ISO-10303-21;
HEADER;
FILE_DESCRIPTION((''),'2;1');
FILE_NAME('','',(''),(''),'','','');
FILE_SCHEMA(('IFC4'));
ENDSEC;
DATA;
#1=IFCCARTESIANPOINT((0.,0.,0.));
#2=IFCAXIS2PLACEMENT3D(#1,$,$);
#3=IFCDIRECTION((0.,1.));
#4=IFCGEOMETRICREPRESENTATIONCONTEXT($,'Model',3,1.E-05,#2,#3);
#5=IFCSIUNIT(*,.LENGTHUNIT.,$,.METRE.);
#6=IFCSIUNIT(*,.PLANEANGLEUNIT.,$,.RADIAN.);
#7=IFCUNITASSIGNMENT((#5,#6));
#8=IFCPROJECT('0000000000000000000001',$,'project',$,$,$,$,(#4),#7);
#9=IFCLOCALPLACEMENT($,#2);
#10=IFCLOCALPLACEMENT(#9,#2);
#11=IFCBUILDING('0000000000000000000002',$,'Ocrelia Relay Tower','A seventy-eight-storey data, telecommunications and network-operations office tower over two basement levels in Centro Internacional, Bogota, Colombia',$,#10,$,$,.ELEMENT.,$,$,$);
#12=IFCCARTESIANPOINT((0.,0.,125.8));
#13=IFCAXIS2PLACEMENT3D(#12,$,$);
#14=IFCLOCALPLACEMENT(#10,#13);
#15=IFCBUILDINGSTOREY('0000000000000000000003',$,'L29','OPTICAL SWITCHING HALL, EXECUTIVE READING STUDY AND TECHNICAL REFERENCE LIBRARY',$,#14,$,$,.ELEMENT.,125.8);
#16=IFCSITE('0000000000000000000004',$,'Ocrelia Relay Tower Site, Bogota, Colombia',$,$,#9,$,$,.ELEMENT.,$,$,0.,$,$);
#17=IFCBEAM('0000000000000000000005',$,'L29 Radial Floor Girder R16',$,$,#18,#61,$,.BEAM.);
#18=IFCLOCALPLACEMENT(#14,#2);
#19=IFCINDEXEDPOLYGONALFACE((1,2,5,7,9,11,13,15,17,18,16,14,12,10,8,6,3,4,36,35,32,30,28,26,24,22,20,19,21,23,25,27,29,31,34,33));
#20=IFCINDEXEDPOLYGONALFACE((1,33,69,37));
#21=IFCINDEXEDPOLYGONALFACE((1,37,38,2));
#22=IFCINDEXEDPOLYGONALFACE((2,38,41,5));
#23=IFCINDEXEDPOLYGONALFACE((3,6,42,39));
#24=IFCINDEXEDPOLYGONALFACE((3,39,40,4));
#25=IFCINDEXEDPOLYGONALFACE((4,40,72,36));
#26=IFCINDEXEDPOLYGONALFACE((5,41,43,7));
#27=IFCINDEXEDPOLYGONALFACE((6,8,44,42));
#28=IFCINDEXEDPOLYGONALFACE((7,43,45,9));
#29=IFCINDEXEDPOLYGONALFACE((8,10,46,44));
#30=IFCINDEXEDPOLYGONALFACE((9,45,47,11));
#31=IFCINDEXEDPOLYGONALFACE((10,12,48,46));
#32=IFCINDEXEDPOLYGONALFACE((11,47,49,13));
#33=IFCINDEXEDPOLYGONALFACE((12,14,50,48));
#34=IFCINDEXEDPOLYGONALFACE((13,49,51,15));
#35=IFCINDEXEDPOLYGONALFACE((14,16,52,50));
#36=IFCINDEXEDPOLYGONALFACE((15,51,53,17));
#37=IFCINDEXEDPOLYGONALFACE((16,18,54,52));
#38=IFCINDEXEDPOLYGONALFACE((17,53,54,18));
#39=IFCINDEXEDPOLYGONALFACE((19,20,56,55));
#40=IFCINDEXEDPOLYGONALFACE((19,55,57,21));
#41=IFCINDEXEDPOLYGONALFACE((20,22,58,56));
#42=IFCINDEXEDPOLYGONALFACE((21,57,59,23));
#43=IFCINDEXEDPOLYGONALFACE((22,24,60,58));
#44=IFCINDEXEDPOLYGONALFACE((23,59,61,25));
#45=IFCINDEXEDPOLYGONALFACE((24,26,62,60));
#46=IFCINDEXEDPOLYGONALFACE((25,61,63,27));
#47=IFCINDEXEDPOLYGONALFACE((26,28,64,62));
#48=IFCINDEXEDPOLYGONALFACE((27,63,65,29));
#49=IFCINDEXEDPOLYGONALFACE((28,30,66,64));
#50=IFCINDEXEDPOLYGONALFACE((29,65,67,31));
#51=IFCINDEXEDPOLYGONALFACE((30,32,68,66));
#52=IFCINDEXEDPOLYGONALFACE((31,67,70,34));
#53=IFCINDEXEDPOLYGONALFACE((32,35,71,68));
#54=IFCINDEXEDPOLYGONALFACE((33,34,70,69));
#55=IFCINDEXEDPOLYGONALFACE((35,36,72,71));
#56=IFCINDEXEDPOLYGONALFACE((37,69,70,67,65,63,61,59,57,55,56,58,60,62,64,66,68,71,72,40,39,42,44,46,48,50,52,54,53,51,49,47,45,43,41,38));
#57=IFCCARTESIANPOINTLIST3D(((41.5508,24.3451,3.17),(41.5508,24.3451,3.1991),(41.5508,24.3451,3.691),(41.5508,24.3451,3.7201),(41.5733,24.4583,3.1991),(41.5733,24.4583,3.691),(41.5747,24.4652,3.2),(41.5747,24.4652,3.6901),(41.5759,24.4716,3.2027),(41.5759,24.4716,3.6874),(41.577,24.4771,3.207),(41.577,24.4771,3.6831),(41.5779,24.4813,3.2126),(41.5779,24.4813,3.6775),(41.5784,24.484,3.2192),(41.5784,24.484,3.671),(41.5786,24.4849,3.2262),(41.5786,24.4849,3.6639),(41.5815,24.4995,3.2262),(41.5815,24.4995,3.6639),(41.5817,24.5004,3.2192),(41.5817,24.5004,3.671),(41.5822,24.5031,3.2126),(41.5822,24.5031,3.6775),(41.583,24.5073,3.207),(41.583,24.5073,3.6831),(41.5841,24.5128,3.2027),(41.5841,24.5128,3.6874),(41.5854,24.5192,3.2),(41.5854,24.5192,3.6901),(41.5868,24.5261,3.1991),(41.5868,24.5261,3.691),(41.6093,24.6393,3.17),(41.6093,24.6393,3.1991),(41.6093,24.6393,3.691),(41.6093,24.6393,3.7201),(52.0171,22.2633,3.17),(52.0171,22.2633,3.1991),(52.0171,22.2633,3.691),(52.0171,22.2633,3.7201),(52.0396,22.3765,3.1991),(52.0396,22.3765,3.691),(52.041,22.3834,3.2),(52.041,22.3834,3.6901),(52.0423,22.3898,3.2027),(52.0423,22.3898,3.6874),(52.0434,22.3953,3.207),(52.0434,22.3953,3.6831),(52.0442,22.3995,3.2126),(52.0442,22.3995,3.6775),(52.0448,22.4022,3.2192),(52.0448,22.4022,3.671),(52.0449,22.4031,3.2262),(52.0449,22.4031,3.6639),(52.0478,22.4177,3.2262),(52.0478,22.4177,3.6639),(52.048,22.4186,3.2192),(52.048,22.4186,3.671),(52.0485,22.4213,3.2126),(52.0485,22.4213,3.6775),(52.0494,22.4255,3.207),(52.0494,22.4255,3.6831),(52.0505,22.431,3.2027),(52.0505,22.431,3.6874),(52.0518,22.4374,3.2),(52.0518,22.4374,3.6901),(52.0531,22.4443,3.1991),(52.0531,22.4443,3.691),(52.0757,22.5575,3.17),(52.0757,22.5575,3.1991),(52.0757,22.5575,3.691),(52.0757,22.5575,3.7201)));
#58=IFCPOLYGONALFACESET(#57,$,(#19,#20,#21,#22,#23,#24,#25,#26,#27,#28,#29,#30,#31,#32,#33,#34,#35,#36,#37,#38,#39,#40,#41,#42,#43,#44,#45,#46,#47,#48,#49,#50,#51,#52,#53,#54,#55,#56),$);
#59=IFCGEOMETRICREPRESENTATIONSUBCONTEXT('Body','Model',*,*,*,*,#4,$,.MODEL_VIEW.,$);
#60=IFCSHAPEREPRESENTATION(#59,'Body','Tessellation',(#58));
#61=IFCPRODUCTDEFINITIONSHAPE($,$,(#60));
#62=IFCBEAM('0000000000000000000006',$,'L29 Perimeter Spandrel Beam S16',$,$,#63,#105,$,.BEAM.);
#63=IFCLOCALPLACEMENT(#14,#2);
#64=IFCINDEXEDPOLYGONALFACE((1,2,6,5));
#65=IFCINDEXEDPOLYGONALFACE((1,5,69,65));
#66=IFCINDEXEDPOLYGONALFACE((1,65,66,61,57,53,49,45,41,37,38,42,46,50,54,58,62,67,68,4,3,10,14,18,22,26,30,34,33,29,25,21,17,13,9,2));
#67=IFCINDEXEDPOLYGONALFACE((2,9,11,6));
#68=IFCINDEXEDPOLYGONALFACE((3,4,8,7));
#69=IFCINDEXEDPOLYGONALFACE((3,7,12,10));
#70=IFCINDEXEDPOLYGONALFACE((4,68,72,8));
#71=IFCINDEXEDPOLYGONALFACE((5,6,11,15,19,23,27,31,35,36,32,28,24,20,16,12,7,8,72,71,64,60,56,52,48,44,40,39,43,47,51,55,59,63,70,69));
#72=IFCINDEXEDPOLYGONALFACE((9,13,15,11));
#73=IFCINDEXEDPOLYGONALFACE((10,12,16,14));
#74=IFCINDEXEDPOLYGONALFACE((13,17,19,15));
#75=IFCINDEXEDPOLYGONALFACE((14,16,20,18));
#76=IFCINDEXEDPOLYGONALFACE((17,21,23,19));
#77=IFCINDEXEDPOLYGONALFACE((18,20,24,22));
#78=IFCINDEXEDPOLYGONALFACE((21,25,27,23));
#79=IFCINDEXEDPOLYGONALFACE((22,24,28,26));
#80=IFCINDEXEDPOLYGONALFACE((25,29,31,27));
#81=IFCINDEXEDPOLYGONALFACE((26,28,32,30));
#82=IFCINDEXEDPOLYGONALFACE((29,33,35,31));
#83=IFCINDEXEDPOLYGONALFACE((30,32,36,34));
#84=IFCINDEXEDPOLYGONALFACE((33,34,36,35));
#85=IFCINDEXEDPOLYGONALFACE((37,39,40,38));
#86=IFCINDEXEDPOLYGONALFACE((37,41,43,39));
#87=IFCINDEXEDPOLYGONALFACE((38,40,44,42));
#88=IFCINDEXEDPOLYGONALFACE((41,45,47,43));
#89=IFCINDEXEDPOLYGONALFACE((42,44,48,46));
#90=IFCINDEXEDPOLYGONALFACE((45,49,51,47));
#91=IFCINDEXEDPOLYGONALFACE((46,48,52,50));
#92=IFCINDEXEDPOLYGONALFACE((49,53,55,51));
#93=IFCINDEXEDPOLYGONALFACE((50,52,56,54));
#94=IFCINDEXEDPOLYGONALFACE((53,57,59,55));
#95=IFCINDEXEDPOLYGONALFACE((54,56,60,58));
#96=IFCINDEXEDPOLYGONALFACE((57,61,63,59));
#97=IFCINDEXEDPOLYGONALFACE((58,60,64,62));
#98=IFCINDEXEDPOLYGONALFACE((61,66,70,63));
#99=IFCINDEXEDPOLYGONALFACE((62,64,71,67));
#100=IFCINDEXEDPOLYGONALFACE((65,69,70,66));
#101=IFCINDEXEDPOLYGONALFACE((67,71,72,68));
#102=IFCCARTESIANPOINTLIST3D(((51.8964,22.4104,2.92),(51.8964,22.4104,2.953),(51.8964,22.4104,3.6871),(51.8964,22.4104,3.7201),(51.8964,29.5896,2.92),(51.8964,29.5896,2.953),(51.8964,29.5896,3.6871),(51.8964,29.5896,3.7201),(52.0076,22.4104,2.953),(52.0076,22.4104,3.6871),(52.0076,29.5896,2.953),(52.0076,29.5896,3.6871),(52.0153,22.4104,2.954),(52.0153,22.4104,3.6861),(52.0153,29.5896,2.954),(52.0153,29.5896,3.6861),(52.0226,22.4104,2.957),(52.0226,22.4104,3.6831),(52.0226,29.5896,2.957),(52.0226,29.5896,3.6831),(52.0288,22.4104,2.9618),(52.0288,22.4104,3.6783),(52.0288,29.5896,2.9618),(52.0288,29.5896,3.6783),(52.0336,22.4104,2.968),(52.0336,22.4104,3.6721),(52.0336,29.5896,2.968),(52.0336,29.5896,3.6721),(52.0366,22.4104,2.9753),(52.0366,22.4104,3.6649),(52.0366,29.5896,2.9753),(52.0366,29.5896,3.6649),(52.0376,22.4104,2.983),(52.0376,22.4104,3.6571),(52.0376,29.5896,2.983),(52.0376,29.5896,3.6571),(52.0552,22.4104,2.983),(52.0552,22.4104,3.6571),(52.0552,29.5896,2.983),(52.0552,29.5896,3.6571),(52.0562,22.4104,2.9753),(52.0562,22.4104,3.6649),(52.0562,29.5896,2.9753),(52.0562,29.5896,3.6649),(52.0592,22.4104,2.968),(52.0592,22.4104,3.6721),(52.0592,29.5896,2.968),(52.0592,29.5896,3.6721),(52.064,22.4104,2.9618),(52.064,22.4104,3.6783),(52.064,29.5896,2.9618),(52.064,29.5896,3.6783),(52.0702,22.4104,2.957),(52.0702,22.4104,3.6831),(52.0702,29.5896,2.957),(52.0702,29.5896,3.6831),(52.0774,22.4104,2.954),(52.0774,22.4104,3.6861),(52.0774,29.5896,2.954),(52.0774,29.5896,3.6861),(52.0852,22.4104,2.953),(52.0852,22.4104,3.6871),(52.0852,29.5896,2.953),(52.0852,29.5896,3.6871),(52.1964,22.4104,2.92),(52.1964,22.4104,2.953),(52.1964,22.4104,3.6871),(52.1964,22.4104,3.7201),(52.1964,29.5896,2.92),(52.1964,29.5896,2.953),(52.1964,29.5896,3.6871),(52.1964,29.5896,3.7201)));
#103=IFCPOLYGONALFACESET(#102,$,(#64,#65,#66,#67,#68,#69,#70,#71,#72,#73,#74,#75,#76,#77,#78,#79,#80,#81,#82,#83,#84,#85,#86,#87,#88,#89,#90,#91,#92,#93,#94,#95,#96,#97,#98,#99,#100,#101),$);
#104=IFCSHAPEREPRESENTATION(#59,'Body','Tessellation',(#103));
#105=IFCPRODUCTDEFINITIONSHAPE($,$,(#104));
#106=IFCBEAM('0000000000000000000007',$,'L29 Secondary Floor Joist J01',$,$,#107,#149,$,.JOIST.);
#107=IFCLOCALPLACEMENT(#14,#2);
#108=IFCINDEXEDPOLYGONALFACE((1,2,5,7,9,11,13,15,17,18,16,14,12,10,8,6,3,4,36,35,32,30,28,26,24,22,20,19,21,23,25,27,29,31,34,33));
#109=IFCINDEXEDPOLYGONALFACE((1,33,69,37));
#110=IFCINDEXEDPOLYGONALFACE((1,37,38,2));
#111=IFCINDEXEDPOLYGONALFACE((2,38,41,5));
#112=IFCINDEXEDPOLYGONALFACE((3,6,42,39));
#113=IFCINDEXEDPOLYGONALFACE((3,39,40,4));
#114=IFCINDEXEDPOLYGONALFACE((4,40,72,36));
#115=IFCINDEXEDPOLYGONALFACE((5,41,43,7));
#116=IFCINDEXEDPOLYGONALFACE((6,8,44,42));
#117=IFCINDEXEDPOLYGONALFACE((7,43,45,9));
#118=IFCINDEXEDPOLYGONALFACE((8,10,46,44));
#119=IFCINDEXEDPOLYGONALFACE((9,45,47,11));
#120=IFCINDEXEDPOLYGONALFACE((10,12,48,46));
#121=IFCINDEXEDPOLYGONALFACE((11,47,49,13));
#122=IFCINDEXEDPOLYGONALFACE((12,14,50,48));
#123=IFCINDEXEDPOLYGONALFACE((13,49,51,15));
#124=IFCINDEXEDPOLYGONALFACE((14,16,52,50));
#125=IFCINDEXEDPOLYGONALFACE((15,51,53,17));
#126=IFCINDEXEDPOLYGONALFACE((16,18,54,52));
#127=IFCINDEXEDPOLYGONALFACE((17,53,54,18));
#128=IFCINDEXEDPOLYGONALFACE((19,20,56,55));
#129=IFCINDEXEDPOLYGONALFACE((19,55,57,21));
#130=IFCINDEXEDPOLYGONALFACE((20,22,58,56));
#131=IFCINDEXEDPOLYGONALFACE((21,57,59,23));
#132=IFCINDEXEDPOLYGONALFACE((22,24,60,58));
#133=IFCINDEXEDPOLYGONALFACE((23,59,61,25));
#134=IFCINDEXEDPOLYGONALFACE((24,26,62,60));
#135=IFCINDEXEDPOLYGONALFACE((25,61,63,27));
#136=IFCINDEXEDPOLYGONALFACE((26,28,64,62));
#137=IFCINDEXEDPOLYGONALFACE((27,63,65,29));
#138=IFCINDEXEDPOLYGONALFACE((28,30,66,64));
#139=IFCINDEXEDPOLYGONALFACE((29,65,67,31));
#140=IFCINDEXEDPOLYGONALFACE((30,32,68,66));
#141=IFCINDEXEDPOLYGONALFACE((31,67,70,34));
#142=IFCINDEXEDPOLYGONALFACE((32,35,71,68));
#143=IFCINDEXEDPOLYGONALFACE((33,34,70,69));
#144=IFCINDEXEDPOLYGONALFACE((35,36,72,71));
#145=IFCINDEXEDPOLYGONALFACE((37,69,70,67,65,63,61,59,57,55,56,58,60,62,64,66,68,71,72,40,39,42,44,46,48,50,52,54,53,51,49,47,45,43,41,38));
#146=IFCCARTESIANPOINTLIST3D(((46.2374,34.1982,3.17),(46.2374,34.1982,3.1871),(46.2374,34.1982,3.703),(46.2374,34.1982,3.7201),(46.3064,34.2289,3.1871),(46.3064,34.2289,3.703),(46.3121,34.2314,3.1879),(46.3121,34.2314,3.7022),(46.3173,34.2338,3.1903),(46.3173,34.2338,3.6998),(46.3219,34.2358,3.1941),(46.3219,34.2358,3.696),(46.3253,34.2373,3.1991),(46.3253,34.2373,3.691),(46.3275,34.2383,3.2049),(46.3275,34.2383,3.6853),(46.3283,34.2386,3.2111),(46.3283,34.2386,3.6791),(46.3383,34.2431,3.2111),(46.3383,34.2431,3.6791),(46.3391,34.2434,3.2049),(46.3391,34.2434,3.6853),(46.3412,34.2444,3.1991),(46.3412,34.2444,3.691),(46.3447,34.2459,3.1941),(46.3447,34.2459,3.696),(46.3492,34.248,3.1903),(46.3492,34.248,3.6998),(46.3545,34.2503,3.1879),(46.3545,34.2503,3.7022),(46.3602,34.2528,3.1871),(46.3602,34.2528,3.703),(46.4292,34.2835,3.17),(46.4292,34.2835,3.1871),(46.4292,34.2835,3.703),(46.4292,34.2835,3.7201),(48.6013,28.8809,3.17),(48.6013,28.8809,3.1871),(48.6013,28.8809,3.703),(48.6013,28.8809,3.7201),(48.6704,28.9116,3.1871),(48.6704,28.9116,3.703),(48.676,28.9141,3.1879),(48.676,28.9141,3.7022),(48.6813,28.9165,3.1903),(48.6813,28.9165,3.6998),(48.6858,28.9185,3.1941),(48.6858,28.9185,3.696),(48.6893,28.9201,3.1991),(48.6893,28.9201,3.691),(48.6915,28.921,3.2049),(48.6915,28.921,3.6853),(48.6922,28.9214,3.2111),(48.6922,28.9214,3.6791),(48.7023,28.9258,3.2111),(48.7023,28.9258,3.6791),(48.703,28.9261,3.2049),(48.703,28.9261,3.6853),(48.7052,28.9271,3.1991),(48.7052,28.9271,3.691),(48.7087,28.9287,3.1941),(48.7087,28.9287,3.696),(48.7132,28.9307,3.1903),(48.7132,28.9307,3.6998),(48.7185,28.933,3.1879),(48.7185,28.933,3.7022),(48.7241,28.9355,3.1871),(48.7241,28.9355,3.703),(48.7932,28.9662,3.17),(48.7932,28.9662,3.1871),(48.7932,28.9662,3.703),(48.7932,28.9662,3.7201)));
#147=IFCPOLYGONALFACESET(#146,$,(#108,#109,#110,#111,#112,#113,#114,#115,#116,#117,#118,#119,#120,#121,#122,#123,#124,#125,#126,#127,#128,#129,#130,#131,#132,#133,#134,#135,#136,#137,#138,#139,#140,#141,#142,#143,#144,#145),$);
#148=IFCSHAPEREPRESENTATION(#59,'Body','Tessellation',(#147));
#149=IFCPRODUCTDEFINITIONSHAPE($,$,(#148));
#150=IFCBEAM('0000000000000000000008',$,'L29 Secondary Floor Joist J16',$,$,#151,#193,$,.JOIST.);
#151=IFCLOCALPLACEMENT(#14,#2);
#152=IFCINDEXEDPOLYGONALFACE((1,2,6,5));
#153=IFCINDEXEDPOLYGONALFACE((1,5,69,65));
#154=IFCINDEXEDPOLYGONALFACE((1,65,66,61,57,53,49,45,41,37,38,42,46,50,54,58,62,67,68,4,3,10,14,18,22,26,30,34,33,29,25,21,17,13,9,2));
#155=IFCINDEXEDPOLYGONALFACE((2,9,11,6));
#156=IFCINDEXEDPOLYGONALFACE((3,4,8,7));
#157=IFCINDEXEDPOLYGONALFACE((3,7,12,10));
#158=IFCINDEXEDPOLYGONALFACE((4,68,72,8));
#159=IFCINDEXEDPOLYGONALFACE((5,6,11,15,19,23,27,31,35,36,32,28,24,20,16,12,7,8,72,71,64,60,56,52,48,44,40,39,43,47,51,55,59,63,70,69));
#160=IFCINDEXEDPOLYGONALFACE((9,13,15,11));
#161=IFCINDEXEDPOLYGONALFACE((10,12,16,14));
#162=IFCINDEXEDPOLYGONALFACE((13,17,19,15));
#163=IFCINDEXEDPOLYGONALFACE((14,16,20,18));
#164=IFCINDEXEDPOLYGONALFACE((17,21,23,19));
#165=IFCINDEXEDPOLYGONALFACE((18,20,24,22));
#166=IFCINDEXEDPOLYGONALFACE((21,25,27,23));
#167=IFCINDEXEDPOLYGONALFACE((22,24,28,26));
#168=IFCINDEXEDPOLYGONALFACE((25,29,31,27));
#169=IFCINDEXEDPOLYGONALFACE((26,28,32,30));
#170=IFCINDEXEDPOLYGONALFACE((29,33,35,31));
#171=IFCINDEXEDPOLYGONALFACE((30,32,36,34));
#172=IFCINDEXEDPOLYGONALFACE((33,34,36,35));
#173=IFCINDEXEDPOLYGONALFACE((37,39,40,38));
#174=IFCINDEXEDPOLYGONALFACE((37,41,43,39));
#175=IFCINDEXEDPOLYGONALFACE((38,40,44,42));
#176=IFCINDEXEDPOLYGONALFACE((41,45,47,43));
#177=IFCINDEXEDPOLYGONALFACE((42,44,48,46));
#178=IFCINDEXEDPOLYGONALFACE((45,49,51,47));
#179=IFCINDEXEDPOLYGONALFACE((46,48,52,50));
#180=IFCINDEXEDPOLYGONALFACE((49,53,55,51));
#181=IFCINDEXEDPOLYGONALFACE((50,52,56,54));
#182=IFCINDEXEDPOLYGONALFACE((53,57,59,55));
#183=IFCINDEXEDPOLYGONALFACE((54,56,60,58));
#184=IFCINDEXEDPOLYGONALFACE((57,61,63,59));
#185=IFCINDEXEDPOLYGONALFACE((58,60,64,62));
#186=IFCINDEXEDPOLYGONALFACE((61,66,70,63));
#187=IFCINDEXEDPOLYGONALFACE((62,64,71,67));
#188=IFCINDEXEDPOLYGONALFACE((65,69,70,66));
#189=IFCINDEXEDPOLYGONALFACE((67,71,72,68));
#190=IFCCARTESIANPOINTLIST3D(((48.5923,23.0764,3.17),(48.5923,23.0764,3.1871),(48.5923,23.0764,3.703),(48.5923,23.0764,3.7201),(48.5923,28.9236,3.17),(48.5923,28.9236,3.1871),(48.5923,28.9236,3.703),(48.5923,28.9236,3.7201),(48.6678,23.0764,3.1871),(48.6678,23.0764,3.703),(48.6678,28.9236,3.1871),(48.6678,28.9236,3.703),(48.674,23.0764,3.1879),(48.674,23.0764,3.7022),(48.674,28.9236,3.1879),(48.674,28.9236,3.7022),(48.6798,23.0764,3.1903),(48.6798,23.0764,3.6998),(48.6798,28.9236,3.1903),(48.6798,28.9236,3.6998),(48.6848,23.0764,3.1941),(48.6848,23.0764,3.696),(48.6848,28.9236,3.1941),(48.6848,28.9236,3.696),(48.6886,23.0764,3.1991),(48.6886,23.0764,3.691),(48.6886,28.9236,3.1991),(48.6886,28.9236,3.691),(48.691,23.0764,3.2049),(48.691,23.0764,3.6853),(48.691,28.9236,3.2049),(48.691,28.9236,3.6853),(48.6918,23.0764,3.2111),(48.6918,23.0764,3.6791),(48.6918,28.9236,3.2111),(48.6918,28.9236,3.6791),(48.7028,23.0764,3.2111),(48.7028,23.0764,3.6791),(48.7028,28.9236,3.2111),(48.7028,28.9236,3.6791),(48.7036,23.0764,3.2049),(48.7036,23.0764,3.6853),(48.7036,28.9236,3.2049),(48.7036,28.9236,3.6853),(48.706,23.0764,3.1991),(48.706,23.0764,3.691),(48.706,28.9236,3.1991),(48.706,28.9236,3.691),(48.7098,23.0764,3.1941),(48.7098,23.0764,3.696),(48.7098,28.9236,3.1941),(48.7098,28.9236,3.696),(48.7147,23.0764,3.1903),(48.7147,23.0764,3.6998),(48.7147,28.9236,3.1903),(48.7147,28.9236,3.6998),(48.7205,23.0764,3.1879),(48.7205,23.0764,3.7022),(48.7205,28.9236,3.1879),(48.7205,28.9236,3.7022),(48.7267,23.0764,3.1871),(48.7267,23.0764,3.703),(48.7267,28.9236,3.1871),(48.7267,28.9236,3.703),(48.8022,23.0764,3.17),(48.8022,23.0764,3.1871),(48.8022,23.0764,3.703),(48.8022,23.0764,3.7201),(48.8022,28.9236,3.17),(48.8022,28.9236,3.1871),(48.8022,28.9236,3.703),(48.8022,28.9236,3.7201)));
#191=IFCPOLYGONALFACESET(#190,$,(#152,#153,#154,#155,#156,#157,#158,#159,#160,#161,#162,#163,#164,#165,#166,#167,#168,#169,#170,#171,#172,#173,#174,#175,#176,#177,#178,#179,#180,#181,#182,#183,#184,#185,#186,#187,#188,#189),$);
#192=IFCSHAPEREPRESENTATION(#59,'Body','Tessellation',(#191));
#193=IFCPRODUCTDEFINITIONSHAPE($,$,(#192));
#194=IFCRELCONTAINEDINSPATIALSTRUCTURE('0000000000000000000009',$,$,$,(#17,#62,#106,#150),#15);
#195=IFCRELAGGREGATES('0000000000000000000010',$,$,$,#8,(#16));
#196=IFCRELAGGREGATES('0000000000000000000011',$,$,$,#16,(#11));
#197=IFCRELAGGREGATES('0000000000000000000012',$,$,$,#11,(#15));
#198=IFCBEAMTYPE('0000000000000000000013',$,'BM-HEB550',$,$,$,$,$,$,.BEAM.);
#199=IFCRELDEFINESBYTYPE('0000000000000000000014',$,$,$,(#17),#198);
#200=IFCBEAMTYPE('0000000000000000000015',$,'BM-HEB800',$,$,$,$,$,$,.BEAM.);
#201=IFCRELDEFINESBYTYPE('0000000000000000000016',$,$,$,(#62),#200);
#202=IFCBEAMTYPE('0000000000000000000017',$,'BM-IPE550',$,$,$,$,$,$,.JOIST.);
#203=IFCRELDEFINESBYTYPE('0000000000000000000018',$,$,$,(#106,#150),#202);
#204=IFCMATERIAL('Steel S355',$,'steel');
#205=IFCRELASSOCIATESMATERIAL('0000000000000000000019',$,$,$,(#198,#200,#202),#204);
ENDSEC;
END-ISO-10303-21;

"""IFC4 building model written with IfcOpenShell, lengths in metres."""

from ifc_helpers import new_model, si_unit, direction, frame, origin, origin_2d, place, context, subcontext, project, spatial, i_section, extrude, material, material_profile, profile_set, type_object, element, save


model = new_model("IFC4")

# Units and contexts
model_context = context("Model", 3, precision=1e-05, world=origin(), true_north=direction((0.0, 1.0)))
body_context = subcontext(model_context, "Body", "Model", "MODEL_VIEW")
ifc_project = project(units=[si_unit("LENGTHUNIT", "METRE"), si_unit("PLANEANGLEUNIT", "RADIAN")], contexts=[model_context])

# Site, building, storey
site_placement = place(None, origin())
site = spatial("IfcSite", under=ifc_project, at=site_placement, Name="Ocrelia Relay Tower Site, Bogota, Colombia", CompositionType="ELEMENT", RefElevation=0.0)
building_placement = place(site_placement, origin())
building = spatial("IfcBuilding", under=site, at=building_placement, Name="Ocrelia Relay Tower", Description="A seventy-eight-storey data, telecommunications and network-operations office tower over two basement levels in Centro Internacional, Bogota, Colombia", CompositionType="ELEMENT")
storey_placement = place(building_placement, frame((0.0, 0.0, 125.8)))
storey = spatial("IfcBuildingStorey", under=building, at=storey_placement, Name="L29", Description="OPTICAL SWITCHING HALL, EXECUTIVE READING STUDY AND TECHNICAL REFERENCE LIBRARY", CompositionType="ELEMENT", Elevation=125.8)

# Beams
ifc_material_1 = material(Name="Steel S355", Category="steel")
ifc_material_profile_1 = material_profile(ifc_material_1, i_section(OverallWidth=0.3, OverallDepth=0.55, WebThickness=0.0149, FlangeThickness=0.0291, FilletRadius=0.0271, at=origin_2d()), Name="HEB 550")
ifc_profile_set_1 = profile_set([ifc_material_profile_1], Name="Steel S355")
beam_type_1 = type_object("IfcBeamType", Name="BM-HEB550", PredefinedType="BEAM", material=ifc_profile_set_1)
beam_1_placement = place(storey_placement, frame((52.0464, 22.4104, 3.4451), z_axis=(-0.980787, 0.195082, 0.0), x_axis=(-0.195082, -0.980787, 0.0)))
element("IfcBeam", 1, at=beam_1_placement, inside=storey, type_object=beam_type_1, Name="L29 Radial Floor Girder R16", PredefinedType="BEAM", context=body_context, shape_type="SweptSolid", body=[
    extrude(i_section(OverallWidth=0.3, OverallDepth=0.55, WebThickness=0.0149, FlangeThickness=0.0291, FilletRadius=0.0271, at=origin_2d()), origin(), (0.0, 0.0, 1.0), 10.6714),
])
ifc_material_profile_2 = material_profile(ifc_material_1, i_section(OverallWidth=0.3, OverallDepth=0.8, WebThickness=0.0176, FlangeThickness=0.033, FilletRadius=0.03, at=origin_2d()), Name="HEB 800")
ifc_profile_set_2 = profile_set([ifc_material_profile_2], Name="Steel S355")
beam_type_2 = type_object("IfcBeamType", Name="BM-HEB800", PredefinedType="BEAM", material=ifc_profile_set_2)
beam_2_placement = place(storey_placement, frame((52.0464, 22.4104, 3.3201), z_axis=(0.0, 1.0, 0.0), x_axis=(-1.0, 0.0, 0.0)))
element("IfcBeam", 2, at=beam_2_placement, inside=storey, type_object=beam_type_2, Name="L29 Perimeter Spandrel Beam S16", PredefinedType="BEAM", context=body_context, shape_type="SweptSolid", body=[
    extrude(i_section(OverallWidth=0.3, OverallDepth=0.8, WebThickness=0.0176, FlangeThickness=0.033, FilletRadius=0.03, at=origin_2d()), origin(), (0.0, 0.0, 1.0), 7.1792),
])
ifc_material_profile_3 = material_profile(ifc_material_1, i_section(OverallWidth=0.21, OverallDepth=0.55, WebThickness=0.011, FlangeThickness=0.0171, FilletRadius=0.0239, at=origin_2d()), Name="IPE 550")
ifc_profile_set_3 = profile_set([ifc_material_profile_3], Name="Steel S355")
beam_type_3 = type_object("IfcBeamType", Name="BM-IPE550", PredefinedType="JOIST", material=ifc_profile_set_3)
beam_3_placement = place(storey_placement, frame((48.6973, 28.9236, 3.4451), z_axis=(-0.406244, 0.913765, 0.0), x_axis=(-0.913765, -0.406244, 0.0)))
element("IfcBeam", 3, at=beam_3_placement, inside=storey, type_object=beam_type_3, Name="L29 Secondary Floor Joist J01", PredefinedType="JOIST", context=body_context, shape_type="SweptSolid", body=[
    extrude(i_section(OverallWidth=0.21, OverallDepth=0.55, WebThickness=0.011, FlangeThickness=0.0171, FilletRadius=0.0239, at=origin_2d()), origin(), (0.0, 0.0, 1.0), 5.8191),
])
beam_4_placement = place(storey_placement, frame((48.6973, 23.0764, 3.4451), z_axis=(0.0, 1.0, 0.0), x_axis=(-1.0, 0.0, 0.0)))
element("IfcBeam", 4, at=beam_4_placement, inside=storey, type_object=beam_type_3, Name="L29 Secondary Floor Joist J16", PredefinedType="JOIST", context=body_context, shape_type="SweptSolid", body=[
    extrude(i_section(OverallWidth=0.21, OverallDepth=0.55, WebThickness=0.011, FlangeThickness=0.0171, FilletRadius=0.0239, at=origin_2d()), origin(), (0.0, 0.0, 1.0), 5.8472),
])

save(model, "model.ifc")
